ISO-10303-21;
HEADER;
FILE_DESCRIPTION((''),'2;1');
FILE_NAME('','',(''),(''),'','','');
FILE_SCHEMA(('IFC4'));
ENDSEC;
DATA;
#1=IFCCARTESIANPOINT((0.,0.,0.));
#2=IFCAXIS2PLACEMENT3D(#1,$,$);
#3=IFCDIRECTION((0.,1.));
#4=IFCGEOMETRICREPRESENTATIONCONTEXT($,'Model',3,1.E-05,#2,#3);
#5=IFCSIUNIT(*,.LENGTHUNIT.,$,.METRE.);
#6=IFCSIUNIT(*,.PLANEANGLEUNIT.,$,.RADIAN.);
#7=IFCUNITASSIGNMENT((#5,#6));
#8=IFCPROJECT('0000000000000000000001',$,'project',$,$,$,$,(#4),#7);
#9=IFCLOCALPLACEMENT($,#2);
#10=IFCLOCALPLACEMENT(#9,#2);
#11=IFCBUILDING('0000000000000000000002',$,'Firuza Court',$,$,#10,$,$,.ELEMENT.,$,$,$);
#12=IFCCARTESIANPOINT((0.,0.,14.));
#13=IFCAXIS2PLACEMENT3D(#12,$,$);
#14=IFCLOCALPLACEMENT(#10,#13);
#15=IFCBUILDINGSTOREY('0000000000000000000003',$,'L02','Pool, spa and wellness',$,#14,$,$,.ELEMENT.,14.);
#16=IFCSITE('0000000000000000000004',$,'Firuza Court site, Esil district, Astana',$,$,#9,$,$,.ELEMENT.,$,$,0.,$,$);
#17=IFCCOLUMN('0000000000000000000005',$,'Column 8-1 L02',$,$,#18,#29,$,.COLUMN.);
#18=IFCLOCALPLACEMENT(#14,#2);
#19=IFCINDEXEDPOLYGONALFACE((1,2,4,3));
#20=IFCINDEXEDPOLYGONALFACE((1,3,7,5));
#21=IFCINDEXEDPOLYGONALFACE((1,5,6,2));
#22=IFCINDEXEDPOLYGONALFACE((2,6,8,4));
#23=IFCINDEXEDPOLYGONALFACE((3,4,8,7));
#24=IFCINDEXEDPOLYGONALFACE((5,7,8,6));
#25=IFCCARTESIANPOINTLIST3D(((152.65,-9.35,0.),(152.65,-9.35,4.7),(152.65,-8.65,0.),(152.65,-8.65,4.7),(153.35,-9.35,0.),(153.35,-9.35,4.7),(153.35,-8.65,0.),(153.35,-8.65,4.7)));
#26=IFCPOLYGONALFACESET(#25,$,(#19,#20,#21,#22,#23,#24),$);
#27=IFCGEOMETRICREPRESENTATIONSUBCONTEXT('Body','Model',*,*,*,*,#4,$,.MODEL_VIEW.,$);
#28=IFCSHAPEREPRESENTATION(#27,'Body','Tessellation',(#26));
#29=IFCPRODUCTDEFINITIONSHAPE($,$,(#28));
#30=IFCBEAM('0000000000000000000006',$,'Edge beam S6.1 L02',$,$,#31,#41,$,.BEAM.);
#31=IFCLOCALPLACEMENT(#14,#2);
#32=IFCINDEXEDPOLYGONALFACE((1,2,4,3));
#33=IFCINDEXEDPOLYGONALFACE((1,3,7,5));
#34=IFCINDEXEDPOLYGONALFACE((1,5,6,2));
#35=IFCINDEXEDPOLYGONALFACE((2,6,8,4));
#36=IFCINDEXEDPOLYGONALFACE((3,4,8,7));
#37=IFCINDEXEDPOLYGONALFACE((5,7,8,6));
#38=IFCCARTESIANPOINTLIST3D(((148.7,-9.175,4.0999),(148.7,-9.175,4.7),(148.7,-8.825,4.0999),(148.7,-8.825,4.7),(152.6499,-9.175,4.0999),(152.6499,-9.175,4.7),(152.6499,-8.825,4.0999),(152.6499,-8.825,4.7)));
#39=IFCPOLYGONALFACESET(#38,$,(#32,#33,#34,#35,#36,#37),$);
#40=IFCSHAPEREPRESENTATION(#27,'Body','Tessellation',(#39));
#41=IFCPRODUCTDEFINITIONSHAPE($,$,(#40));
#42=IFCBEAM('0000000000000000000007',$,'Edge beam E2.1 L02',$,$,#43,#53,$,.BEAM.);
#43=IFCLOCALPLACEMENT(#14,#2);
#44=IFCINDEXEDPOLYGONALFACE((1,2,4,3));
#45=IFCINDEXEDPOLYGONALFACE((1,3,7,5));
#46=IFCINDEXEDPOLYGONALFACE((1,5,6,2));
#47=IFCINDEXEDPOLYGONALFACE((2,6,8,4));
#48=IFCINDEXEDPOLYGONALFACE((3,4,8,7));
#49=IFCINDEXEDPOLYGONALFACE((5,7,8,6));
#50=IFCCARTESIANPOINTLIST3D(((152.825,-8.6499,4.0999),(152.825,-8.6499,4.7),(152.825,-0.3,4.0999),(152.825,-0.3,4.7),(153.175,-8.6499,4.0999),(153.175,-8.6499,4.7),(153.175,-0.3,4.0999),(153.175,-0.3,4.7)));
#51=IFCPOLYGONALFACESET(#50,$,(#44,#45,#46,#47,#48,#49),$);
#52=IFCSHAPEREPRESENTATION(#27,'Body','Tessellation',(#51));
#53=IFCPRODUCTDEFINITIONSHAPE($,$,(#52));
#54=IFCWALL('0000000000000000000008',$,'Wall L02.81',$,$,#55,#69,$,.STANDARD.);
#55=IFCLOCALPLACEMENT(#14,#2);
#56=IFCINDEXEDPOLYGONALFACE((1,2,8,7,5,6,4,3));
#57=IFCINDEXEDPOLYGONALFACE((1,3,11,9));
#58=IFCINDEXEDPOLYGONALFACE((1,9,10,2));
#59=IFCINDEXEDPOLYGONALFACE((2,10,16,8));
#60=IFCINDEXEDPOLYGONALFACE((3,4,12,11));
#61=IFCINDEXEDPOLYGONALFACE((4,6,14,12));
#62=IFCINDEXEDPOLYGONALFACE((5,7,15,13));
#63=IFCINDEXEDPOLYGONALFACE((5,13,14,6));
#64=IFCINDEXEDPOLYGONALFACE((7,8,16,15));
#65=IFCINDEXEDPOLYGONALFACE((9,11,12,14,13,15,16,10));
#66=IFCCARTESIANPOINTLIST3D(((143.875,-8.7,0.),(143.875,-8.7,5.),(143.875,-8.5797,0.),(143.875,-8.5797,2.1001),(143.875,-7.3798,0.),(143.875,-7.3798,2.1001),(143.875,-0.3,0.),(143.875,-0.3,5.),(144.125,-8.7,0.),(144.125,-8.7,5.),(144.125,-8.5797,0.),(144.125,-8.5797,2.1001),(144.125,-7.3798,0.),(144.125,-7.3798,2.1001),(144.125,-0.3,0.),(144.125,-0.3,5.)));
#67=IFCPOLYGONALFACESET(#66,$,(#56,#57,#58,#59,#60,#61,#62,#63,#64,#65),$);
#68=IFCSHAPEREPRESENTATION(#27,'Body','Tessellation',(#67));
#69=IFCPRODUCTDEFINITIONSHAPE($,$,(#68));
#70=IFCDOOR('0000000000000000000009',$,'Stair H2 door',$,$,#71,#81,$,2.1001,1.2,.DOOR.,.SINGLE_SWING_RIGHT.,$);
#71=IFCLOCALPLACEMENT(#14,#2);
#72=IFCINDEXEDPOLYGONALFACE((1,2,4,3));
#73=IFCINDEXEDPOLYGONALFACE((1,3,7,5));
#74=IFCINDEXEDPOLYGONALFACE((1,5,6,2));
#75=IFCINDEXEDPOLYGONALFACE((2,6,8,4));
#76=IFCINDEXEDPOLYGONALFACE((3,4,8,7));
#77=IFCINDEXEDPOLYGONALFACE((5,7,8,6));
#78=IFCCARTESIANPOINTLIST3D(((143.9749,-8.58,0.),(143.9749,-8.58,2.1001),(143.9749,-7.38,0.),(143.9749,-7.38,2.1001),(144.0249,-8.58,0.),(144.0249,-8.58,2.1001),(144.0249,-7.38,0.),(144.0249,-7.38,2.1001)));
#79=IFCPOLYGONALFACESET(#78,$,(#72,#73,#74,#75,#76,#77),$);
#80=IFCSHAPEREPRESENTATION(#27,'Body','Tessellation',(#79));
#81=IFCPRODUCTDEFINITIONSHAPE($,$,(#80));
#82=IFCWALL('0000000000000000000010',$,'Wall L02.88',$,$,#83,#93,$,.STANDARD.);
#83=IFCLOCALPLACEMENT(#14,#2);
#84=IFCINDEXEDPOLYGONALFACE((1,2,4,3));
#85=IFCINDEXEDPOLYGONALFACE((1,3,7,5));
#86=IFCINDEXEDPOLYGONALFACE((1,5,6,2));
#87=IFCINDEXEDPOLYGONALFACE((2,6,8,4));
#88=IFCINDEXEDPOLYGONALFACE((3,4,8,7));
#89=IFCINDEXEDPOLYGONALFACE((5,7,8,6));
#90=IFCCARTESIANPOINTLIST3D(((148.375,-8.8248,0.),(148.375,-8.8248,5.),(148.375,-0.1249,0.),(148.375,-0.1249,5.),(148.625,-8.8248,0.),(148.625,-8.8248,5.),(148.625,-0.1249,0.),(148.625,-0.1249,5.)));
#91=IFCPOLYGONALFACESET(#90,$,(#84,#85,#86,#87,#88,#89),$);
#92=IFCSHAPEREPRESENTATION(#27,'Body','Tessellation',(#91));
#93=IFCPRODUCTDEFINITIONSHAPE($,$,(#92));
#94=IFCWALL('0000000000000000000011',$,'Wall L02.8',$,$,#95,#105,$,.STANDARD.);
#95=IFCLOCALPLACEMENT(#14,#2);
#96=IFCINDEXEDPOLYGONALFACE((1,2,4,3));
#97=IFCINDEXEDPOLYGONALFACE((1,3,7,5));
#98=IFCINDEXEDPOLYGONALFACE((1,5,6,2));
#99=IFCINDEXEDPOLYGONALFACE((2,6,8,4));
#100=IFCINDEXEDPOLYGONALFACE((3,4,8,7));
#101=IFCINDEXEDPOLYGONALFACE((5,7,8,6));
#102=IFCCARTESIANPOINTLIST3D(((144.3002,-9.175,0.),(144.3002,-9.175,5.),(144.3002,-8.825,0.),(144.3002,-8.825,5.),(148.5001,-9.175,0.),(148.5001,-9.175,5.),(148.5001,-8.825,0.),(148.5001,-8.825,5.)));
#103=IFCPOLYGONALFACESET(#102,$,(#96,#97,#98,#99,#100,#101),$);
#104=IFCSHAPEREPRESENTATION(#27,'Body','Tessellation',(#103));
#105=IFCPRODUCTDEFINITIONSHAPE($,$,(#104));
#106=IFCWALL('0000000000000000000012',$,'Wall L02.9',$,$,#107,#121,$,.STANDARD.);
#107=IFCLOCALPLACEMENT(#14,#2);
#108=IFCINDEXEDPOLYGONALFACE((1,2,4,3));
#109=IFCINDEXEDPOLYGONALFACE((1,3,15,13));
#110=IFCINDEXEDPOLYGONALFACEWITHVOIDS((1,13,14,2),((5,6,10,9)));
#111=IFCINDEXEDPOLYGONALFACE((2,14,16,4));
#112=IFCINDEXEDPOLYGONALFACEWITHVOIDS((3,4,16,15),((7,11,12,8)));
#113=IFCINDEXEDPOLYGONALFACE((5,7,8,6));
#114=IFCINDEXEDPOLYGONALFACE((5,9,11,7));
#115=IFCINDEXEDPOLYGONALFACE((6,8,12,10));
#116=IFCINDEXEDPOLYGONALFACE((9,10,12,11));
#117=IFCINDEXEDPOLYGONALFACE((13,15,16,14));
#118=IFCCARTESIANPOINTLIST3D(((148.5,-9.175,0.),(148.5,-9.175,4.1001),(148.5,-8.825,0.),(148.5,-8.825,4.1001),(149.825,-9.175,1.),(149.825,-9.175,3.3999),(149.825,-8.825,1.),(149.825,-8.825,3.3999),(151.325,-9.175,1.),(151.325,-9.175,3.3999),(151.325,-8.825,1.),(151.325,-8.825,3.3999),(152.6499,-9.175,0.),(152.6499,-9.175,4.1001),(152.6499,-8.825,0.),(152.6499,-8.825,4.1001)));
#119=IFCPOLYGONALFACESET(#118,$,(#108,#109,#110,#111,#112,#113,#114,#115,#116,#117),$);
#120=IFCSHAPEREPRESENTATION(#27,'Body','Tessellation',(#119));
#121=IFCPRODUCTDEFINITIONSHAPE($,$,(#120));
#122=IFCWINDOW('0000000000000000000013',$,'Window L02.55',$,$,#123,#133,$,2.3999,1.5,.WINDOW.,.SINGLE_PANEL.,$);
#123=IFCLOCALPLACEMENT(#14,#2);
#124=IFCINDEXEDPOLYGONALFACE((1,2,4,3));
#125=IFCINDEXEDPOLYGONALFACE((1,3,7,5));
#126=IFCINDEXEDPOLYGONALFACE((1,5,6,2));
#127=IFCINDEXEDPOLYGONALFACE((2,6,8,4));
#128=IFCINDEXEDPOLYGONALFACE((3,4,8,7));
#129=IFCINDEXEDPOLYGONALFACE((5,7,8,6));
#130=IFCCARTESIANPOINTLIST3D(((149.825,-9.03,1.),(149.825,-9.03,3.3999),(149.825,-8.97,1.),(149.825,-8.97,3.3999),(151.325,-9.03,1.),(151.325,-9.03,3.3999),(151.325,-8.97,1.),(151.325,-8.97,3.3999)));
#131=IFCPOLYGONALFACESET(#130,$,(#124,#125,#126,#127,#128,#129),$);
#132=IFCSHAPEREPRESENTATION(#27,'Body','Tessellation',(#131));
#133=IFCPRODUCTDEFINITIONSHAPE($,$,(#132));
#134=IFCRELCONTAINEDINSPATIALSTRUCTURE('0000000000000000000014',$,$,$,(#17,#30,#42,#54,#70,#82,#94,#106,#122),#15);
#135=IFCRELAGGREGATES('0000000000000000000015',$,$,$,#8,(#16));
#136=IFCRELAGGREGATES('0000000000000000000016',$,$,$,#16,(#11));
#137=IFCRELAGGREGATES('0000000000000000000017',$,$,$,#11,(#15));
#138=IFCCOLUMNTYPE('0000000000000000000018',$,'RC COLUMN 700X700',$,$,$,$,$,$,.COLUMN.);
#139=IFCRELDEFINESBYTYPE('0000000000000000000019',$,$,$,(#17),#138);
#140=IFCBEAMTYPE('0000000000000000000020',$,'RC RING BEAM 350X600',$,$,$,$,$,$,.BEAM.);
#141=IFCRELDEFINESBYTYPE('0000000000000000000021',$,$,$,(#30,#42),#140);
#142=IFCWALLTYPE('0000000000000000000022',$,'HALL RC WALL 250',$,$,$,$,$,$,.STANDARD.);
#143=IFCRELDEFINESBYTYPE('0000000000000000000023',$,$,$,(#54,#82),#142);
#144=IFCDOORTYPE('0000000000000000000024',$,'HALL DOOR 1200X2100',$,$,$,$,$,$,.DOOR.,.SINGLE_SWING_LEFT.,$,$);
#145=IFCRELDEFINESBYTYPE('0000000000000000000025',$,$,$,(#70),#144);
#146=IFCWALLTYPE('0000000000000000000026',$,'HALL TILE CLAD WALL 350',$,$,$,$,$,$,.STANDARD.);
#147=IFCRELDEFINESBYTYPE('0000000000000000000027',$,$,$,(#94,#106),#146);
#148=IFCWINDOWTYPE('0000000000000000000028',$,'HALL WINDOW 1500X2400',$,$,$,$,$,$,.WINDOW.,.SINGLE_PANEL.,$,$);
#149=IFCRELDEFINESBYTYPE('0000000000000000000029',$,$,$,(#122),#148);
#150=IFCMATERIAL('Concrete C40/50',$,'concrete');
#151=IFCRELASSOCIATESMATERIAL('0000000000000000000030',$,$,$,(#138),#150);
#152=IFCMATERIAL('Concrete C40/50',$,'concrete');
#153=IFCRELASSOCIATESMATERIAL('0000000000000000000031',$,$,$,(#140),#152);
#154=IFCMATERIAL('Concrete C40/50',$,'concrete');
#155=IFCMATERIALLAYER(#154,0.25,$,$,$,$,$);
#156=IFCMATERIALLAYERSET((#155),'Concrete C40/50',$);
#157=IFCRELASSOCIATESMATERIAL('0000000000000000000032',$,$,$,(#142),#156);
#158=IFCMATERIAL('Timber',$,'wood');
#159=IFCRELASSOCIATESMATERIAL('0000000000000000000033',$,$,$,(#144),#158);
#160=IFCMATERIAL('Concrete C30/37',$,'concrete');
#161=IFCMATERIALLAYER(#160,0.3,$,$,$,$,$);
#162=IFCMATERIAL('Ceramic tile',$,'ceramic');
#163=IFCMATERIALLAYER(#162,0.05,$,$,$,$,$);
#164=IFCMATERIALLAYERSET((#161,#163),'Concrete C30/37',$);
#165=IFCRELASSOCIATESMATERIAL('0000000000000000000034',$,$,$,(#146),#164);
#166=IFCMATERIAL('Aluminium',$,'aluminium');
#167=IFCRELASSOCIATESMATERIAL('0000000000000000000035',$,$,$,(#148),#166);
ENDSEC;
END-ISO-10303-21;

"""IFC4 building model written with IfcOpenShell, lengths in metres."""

from ifc_helpers import new_model, si_unit, direction, frame, frame_2d, origin, origin_2d, place, context, subcontext, project, spatial, rectangle, extrude, material, layer, layer_set, material_profile, profile_set, type_object, element, fill, save


model = new_model("IFC4")

# Units and contexts
model_context = context("Model", 3, precision=1e-05, world=origin(), true_north=direction((0.0, 1.0)))
body_context = subcontext(model_context, "Body", "Model", "MODEL_VIEW")
ifc_project = project(units=[si_unit("LENGTHUNIT", "METRE"), si_unit("PLANEANGLEUNIT", "RADIAN")], contexts=[model_context])

# Site, building, storey
site_placement = place(None, origin())
site = spatial("IfcSite", under=ifc_project, at=site_placement, Name="Firuza Court site, Esil district, Astana", CompositionType="ELEMENT", RefElevation=0.0)
building_placement = place(site_placement, origin())
building = spatial("IfcBuilding", under=site, at=building_placement, Name="Firuza Court", CompositionType="ELEMENT")
storey_placement = place(building_placement, frame((0.0, 0.0, 14.0)))
storey = spatial("IfcBuildingStorey", under=building, at=storey_placement, Name="L02", Description="Pool, spa and wellness", CompositionType="ELEMENT", Elevation=14.0)

# Column
ifc_material_1 = material(Name="Concrete C40/50", Category="concrete")
ifc_material_profile_1 = material_profile(ifc_material_1, rectangle(XDim=0.7, YDim=0.7, at=origin_2d()), Name="RC 700X700")
ifc_profile_set_1 = profile_set([ifc_material_profile_1], Name="Concrete C40/50")
column_type = type_object("IfcColumnType", Name="RC COLUMN 700X700", PredefinedType="COLUMN", material=ifc_profile_set_1)
column_placement = place(storey_placement, frame((153.0, -9.0, 0.0), z_axis=(0.0, 0.0, 1.0), x_axis=(1.0, 0.0, 0.0)))
element("IfcColumn", 1, at=column_placement, inside=storey, type_object=column_type, Name="Column 8-1 L02", PredefinedType="COLUMN", context=body_context, shape_type="SweptSolid", body=[
    extrude(rectangle(XDim=0.7, YDim=0.7, at=origin_2d()), origin(), (0.0, 0.0, 1.0), 4.7),
])

# Beams
ifc_material_2 = material(Name="Concrete C40/50", Category="concrete")
ifc_material_profile_2 = material_profile(ifc_material_2, rectangle(XDim=0.3501, YDim=0.6001, at=origin_2d()), Name="RC 350X600")
ifc_profile_set_2 = profile_set([ifc_material_profile_2], Name="Concrete C40/50")
beam_type = type_object("IfcBeamType", Name="RC RING BEAM 350X600", PredefinedType="BEAM", material=ifc_profile_set_2)
beam_1_placement = place(storey_placement, frame((148.7, -9.0, 4.3999), z_axis=(1.0, 0.0, 0.0), x_axis=(0.0, 1.0, 0.0)))
element("IfcBeam", 2, at=beam_1_placement, inside=storey, type_object=beam_type, Name="Edge beam S6.1 L02", PredefinedType="BEAM", context=body_context, shape_type="SweptSolid", body=[
    extrude(rectangle(XDim=0.3501, YDim=0.6001, at=origin_2d()), origin(), (0.0, 0.0, 1.0), 3.95),
])
beam_2_placement = place(storey_placement, frame((153.0, -8.6499, 4.3999), z_axis=(0.0, 1.0, 0.0), x_axis=(-1.0, 0.0, 0.0)))
element("IfcBeam", 3, at=beam_2_placement, inside=storey, type_object=beam_type, Name="Edge beam E2.1 L02", PredefinedType="BEAM", context=body_context, shape_type="SweptSolid", body=[
    extrude(rectangle(XDim=0.3501, YDim=0.6001, at=origin_2d()), origin(), (0.0, 0.0, 1.0), 8.3499),
])

# Wall, opening, door
ifc_material_3 = material(Name="Concrete C40/50", Category="concrete")
ifc_layer_1 = layer(ifc_material_3, 0.25)
ifc_layer_set_1 = layer_set([ifc_layer_1], Name="Concrete C40/50")
wall_type_1 = type_object("IfcWallType", Name="HALL RC WALL 250", PredefinedType="STANDARD", material=ifc_layer_set_1)
wall_1_placement = place(storey_placement, frame((144.0, -8.7, 0.0), z_axis=(0.0, 0.0, 1.0), x_axis=(0.0, 1.0, 0.0)))
wall_1 = element("IfcWall", 4, at=wall_1_placement, inside=storey, type_object=wall_type_1, Name="Wall L02.81", PredefinedType="STANDARD", context=body_context, shape_type="SweptSolid", body=[
    extrude(rectangle(XDim=8.3999, YDim=0.25, at=frame_2d((4.2, 0.0))), origin(), (0.0, 0.0, 1.0), 5.0),
])
opening_1_placement = place(wall_1_placement, frame((0.1201, 0.0, 0.0)))
opening_1 = element("IfcOpeningElement", 5, at=opening_1_placement, cuts=wall_1, PredefinedType="OPENING", context=body_context, shape_type="SweptSolid", body=[
    extrude(rectangle(XDim=1.2, YDim=2.1001, at=frame_2d((0.6001, 1.05))), frame((0.0, 0.137, 0.0), z_axis=(0.0, -1.0, 0.0), x_axis=(1.0, 0.0, 0.0)), (0.0, 0.0, 1.0), 0.2739),
])
ifc_material_4 = material(Name="Timber", Category="wood")
door_type = type_object("IfcDoorType", Name="HALL DOOR 1200X2100", OperationType="SINGLE_SWING_LEFT", PredefinedType="DOOR", material=ifc_material_4)
door_placement = place(opening_1_placement, frame((1.2, 0.0, 0.0), z_axis=(0.0, 0.0, 1.0), x_axis=(-1.0, 0.0, 0.0)))
door = element("IfcDoor", 6, at=door_placement, inside=storey, type_object=door_type, Name="Stair H2 door", OperationType="SINGLE_SWING_RIGHT", OverallHeight=2.1001, OverallWidth=1.2, PredefinedType="DOOR", context=body_context, shape_type="SweptSolid", body=[
    extrude(rectangle(XDim=1.2, YDim=2.1001, at=frame_2d((0.6001, 1.05))), frame((0.0, 0.0249, 0.0), z_axis=(0.0, -1.0, 0.0), x_axis=(1.0, 0.0, 0.0)), (0.0, 0.0, 1.0), 0.05),
])
fill(opening_1, door)

# Walls
wall_2_placement = place(storey_placement, frame((148.5, -8.825, 0.0), z_axis=(0.0, 0.0, 1.0), x_axis=(0.0, 1.0, 0.0)))
element("IfcWall", 7, at=wall_2_placement, inside=storey, type_object=wall_type_1, Name="Wall L02.88", PredefinedType="STANDARD", context=body_context, shape_type="SweptSolid", body=[
    extrude(rectangle(XDim=8.7, YDim=0.25, at=frame_2d((4.3501, 0.0))), origin(), (0.0, 0.0, 1.0), 5.0),
])
ifc_material_5 = material(Name="Concrete C30/37", Category="concrete")
ifc_layer_2 = layer(ifc_material_5, 0.3)
ifc_material_6 = material(Name="Ceramic tile", Category="ceramic")
ifc_layer_3 = layer(ifc_material_6, 0.05)
ifc_layer_set_2 = layer_set([ifc_layer_2, ifc_layer_3], Name="Concrete C30/37")
wall_type_2 = type_object("IfcWallType", Name="HALL TILE CLAD WALL 350", PredefinedType="STANDARD", material=ifc_layer_set_2)
wall_3_placement = place(storey_placement, frame((144.3, -9.0, 0.0), z_axis=(0.0, 0.0, 1.0), x_axis=(1.0, 0.0, 0.0)))
element("IfcWall", 8, at=wall_3_placement, inside=storey, type_object=wall_type_2, Name="Wall L02.8", PredefinedType="STANDARD", context=body_context, shape_type="SweptSolid", body=[
    extrude(rectangle(XDim=4.2, YDim=0.3501, at=frame_2d((2.1001, 0.0))), origin(), (0.0, 0.0, 1.0), 5.0),
])

# Wall, opening, window
wall_4_placement = place(storey_placement, frame((148.5, -9.0, 0.0), z_axis=(0.0, 0.0, 1.0), x_axis=(1.0, 0.0, 0.0)))
wall_4 = element("IfcWall", 9, at=wall_4_placement, inside=storey, type_object=wall_type_2, Name="Wall L02.9", PredefinedType="STANDARD", context=body_context, shape_type="SweptSolid", body=[
    extrude(rectangle(XDim=4.1499, YDim=0.3501, at=frame_2d((2.075, 0.0))), origin(), (0.0, 0.0, 1.0), 4.1001),
])
opening_2_placement = place(wall_4_placement, frame((1.325, 0.0, 1.0)))
opening_2 = element("IfcOpeningElement", 10, at=opening_2_placement, cuts=wall_4, PredefinedType="OPENING", context=body_context, shape_type="SweptSolid", body=[
    extrude(rectangle(XDim=1.5, YDim=2.3999, at=frame_2d((0.75, 1.2))), frame((0.0, 0.187, 0.0), z_axis=(0.0, -1.0, 0.0), x_axis=(1.0, 0.0, 0.0)), (0.0, 0.0, 1.0), 0.374),
])
ifc_material_7 = material(Name="Aluminium", Category="aluminium")
window_type = type_object("IfcWindowType", Name="HALL WINDOW 1500X2400", PartitioningType="SINGLE_PANEL", PredefinedType="WINDOW", material=ifc_material_7)
window_1_placement = place(opening_2_placement, origin())
window_1 = element("IfcWindow", 11, at=window_1_placement, inside=storey, type_object=window_type, Name="Window L02.55", OverallHeight=2.3999, OverallWidth=1.5, PartitioningType="SINGLE_PANEL", PredefinedType="WINDOW", context=body_context, shape_type="SweptSolid", body=[
    extrude(rectangle(XDim=1.5, YDim=2.3999, at=frame_2d((0.75, 1.2))), frame((0.0, 0.03, 0.0), z_axis=(0.0, -1.0, 0.0), x_axis=(1.0, 0.0, 0.0)), (0.0, 0.0, 1.0), 0.0601),
])
fill(opening_2, window_1)

save(model, "model.ifc")
